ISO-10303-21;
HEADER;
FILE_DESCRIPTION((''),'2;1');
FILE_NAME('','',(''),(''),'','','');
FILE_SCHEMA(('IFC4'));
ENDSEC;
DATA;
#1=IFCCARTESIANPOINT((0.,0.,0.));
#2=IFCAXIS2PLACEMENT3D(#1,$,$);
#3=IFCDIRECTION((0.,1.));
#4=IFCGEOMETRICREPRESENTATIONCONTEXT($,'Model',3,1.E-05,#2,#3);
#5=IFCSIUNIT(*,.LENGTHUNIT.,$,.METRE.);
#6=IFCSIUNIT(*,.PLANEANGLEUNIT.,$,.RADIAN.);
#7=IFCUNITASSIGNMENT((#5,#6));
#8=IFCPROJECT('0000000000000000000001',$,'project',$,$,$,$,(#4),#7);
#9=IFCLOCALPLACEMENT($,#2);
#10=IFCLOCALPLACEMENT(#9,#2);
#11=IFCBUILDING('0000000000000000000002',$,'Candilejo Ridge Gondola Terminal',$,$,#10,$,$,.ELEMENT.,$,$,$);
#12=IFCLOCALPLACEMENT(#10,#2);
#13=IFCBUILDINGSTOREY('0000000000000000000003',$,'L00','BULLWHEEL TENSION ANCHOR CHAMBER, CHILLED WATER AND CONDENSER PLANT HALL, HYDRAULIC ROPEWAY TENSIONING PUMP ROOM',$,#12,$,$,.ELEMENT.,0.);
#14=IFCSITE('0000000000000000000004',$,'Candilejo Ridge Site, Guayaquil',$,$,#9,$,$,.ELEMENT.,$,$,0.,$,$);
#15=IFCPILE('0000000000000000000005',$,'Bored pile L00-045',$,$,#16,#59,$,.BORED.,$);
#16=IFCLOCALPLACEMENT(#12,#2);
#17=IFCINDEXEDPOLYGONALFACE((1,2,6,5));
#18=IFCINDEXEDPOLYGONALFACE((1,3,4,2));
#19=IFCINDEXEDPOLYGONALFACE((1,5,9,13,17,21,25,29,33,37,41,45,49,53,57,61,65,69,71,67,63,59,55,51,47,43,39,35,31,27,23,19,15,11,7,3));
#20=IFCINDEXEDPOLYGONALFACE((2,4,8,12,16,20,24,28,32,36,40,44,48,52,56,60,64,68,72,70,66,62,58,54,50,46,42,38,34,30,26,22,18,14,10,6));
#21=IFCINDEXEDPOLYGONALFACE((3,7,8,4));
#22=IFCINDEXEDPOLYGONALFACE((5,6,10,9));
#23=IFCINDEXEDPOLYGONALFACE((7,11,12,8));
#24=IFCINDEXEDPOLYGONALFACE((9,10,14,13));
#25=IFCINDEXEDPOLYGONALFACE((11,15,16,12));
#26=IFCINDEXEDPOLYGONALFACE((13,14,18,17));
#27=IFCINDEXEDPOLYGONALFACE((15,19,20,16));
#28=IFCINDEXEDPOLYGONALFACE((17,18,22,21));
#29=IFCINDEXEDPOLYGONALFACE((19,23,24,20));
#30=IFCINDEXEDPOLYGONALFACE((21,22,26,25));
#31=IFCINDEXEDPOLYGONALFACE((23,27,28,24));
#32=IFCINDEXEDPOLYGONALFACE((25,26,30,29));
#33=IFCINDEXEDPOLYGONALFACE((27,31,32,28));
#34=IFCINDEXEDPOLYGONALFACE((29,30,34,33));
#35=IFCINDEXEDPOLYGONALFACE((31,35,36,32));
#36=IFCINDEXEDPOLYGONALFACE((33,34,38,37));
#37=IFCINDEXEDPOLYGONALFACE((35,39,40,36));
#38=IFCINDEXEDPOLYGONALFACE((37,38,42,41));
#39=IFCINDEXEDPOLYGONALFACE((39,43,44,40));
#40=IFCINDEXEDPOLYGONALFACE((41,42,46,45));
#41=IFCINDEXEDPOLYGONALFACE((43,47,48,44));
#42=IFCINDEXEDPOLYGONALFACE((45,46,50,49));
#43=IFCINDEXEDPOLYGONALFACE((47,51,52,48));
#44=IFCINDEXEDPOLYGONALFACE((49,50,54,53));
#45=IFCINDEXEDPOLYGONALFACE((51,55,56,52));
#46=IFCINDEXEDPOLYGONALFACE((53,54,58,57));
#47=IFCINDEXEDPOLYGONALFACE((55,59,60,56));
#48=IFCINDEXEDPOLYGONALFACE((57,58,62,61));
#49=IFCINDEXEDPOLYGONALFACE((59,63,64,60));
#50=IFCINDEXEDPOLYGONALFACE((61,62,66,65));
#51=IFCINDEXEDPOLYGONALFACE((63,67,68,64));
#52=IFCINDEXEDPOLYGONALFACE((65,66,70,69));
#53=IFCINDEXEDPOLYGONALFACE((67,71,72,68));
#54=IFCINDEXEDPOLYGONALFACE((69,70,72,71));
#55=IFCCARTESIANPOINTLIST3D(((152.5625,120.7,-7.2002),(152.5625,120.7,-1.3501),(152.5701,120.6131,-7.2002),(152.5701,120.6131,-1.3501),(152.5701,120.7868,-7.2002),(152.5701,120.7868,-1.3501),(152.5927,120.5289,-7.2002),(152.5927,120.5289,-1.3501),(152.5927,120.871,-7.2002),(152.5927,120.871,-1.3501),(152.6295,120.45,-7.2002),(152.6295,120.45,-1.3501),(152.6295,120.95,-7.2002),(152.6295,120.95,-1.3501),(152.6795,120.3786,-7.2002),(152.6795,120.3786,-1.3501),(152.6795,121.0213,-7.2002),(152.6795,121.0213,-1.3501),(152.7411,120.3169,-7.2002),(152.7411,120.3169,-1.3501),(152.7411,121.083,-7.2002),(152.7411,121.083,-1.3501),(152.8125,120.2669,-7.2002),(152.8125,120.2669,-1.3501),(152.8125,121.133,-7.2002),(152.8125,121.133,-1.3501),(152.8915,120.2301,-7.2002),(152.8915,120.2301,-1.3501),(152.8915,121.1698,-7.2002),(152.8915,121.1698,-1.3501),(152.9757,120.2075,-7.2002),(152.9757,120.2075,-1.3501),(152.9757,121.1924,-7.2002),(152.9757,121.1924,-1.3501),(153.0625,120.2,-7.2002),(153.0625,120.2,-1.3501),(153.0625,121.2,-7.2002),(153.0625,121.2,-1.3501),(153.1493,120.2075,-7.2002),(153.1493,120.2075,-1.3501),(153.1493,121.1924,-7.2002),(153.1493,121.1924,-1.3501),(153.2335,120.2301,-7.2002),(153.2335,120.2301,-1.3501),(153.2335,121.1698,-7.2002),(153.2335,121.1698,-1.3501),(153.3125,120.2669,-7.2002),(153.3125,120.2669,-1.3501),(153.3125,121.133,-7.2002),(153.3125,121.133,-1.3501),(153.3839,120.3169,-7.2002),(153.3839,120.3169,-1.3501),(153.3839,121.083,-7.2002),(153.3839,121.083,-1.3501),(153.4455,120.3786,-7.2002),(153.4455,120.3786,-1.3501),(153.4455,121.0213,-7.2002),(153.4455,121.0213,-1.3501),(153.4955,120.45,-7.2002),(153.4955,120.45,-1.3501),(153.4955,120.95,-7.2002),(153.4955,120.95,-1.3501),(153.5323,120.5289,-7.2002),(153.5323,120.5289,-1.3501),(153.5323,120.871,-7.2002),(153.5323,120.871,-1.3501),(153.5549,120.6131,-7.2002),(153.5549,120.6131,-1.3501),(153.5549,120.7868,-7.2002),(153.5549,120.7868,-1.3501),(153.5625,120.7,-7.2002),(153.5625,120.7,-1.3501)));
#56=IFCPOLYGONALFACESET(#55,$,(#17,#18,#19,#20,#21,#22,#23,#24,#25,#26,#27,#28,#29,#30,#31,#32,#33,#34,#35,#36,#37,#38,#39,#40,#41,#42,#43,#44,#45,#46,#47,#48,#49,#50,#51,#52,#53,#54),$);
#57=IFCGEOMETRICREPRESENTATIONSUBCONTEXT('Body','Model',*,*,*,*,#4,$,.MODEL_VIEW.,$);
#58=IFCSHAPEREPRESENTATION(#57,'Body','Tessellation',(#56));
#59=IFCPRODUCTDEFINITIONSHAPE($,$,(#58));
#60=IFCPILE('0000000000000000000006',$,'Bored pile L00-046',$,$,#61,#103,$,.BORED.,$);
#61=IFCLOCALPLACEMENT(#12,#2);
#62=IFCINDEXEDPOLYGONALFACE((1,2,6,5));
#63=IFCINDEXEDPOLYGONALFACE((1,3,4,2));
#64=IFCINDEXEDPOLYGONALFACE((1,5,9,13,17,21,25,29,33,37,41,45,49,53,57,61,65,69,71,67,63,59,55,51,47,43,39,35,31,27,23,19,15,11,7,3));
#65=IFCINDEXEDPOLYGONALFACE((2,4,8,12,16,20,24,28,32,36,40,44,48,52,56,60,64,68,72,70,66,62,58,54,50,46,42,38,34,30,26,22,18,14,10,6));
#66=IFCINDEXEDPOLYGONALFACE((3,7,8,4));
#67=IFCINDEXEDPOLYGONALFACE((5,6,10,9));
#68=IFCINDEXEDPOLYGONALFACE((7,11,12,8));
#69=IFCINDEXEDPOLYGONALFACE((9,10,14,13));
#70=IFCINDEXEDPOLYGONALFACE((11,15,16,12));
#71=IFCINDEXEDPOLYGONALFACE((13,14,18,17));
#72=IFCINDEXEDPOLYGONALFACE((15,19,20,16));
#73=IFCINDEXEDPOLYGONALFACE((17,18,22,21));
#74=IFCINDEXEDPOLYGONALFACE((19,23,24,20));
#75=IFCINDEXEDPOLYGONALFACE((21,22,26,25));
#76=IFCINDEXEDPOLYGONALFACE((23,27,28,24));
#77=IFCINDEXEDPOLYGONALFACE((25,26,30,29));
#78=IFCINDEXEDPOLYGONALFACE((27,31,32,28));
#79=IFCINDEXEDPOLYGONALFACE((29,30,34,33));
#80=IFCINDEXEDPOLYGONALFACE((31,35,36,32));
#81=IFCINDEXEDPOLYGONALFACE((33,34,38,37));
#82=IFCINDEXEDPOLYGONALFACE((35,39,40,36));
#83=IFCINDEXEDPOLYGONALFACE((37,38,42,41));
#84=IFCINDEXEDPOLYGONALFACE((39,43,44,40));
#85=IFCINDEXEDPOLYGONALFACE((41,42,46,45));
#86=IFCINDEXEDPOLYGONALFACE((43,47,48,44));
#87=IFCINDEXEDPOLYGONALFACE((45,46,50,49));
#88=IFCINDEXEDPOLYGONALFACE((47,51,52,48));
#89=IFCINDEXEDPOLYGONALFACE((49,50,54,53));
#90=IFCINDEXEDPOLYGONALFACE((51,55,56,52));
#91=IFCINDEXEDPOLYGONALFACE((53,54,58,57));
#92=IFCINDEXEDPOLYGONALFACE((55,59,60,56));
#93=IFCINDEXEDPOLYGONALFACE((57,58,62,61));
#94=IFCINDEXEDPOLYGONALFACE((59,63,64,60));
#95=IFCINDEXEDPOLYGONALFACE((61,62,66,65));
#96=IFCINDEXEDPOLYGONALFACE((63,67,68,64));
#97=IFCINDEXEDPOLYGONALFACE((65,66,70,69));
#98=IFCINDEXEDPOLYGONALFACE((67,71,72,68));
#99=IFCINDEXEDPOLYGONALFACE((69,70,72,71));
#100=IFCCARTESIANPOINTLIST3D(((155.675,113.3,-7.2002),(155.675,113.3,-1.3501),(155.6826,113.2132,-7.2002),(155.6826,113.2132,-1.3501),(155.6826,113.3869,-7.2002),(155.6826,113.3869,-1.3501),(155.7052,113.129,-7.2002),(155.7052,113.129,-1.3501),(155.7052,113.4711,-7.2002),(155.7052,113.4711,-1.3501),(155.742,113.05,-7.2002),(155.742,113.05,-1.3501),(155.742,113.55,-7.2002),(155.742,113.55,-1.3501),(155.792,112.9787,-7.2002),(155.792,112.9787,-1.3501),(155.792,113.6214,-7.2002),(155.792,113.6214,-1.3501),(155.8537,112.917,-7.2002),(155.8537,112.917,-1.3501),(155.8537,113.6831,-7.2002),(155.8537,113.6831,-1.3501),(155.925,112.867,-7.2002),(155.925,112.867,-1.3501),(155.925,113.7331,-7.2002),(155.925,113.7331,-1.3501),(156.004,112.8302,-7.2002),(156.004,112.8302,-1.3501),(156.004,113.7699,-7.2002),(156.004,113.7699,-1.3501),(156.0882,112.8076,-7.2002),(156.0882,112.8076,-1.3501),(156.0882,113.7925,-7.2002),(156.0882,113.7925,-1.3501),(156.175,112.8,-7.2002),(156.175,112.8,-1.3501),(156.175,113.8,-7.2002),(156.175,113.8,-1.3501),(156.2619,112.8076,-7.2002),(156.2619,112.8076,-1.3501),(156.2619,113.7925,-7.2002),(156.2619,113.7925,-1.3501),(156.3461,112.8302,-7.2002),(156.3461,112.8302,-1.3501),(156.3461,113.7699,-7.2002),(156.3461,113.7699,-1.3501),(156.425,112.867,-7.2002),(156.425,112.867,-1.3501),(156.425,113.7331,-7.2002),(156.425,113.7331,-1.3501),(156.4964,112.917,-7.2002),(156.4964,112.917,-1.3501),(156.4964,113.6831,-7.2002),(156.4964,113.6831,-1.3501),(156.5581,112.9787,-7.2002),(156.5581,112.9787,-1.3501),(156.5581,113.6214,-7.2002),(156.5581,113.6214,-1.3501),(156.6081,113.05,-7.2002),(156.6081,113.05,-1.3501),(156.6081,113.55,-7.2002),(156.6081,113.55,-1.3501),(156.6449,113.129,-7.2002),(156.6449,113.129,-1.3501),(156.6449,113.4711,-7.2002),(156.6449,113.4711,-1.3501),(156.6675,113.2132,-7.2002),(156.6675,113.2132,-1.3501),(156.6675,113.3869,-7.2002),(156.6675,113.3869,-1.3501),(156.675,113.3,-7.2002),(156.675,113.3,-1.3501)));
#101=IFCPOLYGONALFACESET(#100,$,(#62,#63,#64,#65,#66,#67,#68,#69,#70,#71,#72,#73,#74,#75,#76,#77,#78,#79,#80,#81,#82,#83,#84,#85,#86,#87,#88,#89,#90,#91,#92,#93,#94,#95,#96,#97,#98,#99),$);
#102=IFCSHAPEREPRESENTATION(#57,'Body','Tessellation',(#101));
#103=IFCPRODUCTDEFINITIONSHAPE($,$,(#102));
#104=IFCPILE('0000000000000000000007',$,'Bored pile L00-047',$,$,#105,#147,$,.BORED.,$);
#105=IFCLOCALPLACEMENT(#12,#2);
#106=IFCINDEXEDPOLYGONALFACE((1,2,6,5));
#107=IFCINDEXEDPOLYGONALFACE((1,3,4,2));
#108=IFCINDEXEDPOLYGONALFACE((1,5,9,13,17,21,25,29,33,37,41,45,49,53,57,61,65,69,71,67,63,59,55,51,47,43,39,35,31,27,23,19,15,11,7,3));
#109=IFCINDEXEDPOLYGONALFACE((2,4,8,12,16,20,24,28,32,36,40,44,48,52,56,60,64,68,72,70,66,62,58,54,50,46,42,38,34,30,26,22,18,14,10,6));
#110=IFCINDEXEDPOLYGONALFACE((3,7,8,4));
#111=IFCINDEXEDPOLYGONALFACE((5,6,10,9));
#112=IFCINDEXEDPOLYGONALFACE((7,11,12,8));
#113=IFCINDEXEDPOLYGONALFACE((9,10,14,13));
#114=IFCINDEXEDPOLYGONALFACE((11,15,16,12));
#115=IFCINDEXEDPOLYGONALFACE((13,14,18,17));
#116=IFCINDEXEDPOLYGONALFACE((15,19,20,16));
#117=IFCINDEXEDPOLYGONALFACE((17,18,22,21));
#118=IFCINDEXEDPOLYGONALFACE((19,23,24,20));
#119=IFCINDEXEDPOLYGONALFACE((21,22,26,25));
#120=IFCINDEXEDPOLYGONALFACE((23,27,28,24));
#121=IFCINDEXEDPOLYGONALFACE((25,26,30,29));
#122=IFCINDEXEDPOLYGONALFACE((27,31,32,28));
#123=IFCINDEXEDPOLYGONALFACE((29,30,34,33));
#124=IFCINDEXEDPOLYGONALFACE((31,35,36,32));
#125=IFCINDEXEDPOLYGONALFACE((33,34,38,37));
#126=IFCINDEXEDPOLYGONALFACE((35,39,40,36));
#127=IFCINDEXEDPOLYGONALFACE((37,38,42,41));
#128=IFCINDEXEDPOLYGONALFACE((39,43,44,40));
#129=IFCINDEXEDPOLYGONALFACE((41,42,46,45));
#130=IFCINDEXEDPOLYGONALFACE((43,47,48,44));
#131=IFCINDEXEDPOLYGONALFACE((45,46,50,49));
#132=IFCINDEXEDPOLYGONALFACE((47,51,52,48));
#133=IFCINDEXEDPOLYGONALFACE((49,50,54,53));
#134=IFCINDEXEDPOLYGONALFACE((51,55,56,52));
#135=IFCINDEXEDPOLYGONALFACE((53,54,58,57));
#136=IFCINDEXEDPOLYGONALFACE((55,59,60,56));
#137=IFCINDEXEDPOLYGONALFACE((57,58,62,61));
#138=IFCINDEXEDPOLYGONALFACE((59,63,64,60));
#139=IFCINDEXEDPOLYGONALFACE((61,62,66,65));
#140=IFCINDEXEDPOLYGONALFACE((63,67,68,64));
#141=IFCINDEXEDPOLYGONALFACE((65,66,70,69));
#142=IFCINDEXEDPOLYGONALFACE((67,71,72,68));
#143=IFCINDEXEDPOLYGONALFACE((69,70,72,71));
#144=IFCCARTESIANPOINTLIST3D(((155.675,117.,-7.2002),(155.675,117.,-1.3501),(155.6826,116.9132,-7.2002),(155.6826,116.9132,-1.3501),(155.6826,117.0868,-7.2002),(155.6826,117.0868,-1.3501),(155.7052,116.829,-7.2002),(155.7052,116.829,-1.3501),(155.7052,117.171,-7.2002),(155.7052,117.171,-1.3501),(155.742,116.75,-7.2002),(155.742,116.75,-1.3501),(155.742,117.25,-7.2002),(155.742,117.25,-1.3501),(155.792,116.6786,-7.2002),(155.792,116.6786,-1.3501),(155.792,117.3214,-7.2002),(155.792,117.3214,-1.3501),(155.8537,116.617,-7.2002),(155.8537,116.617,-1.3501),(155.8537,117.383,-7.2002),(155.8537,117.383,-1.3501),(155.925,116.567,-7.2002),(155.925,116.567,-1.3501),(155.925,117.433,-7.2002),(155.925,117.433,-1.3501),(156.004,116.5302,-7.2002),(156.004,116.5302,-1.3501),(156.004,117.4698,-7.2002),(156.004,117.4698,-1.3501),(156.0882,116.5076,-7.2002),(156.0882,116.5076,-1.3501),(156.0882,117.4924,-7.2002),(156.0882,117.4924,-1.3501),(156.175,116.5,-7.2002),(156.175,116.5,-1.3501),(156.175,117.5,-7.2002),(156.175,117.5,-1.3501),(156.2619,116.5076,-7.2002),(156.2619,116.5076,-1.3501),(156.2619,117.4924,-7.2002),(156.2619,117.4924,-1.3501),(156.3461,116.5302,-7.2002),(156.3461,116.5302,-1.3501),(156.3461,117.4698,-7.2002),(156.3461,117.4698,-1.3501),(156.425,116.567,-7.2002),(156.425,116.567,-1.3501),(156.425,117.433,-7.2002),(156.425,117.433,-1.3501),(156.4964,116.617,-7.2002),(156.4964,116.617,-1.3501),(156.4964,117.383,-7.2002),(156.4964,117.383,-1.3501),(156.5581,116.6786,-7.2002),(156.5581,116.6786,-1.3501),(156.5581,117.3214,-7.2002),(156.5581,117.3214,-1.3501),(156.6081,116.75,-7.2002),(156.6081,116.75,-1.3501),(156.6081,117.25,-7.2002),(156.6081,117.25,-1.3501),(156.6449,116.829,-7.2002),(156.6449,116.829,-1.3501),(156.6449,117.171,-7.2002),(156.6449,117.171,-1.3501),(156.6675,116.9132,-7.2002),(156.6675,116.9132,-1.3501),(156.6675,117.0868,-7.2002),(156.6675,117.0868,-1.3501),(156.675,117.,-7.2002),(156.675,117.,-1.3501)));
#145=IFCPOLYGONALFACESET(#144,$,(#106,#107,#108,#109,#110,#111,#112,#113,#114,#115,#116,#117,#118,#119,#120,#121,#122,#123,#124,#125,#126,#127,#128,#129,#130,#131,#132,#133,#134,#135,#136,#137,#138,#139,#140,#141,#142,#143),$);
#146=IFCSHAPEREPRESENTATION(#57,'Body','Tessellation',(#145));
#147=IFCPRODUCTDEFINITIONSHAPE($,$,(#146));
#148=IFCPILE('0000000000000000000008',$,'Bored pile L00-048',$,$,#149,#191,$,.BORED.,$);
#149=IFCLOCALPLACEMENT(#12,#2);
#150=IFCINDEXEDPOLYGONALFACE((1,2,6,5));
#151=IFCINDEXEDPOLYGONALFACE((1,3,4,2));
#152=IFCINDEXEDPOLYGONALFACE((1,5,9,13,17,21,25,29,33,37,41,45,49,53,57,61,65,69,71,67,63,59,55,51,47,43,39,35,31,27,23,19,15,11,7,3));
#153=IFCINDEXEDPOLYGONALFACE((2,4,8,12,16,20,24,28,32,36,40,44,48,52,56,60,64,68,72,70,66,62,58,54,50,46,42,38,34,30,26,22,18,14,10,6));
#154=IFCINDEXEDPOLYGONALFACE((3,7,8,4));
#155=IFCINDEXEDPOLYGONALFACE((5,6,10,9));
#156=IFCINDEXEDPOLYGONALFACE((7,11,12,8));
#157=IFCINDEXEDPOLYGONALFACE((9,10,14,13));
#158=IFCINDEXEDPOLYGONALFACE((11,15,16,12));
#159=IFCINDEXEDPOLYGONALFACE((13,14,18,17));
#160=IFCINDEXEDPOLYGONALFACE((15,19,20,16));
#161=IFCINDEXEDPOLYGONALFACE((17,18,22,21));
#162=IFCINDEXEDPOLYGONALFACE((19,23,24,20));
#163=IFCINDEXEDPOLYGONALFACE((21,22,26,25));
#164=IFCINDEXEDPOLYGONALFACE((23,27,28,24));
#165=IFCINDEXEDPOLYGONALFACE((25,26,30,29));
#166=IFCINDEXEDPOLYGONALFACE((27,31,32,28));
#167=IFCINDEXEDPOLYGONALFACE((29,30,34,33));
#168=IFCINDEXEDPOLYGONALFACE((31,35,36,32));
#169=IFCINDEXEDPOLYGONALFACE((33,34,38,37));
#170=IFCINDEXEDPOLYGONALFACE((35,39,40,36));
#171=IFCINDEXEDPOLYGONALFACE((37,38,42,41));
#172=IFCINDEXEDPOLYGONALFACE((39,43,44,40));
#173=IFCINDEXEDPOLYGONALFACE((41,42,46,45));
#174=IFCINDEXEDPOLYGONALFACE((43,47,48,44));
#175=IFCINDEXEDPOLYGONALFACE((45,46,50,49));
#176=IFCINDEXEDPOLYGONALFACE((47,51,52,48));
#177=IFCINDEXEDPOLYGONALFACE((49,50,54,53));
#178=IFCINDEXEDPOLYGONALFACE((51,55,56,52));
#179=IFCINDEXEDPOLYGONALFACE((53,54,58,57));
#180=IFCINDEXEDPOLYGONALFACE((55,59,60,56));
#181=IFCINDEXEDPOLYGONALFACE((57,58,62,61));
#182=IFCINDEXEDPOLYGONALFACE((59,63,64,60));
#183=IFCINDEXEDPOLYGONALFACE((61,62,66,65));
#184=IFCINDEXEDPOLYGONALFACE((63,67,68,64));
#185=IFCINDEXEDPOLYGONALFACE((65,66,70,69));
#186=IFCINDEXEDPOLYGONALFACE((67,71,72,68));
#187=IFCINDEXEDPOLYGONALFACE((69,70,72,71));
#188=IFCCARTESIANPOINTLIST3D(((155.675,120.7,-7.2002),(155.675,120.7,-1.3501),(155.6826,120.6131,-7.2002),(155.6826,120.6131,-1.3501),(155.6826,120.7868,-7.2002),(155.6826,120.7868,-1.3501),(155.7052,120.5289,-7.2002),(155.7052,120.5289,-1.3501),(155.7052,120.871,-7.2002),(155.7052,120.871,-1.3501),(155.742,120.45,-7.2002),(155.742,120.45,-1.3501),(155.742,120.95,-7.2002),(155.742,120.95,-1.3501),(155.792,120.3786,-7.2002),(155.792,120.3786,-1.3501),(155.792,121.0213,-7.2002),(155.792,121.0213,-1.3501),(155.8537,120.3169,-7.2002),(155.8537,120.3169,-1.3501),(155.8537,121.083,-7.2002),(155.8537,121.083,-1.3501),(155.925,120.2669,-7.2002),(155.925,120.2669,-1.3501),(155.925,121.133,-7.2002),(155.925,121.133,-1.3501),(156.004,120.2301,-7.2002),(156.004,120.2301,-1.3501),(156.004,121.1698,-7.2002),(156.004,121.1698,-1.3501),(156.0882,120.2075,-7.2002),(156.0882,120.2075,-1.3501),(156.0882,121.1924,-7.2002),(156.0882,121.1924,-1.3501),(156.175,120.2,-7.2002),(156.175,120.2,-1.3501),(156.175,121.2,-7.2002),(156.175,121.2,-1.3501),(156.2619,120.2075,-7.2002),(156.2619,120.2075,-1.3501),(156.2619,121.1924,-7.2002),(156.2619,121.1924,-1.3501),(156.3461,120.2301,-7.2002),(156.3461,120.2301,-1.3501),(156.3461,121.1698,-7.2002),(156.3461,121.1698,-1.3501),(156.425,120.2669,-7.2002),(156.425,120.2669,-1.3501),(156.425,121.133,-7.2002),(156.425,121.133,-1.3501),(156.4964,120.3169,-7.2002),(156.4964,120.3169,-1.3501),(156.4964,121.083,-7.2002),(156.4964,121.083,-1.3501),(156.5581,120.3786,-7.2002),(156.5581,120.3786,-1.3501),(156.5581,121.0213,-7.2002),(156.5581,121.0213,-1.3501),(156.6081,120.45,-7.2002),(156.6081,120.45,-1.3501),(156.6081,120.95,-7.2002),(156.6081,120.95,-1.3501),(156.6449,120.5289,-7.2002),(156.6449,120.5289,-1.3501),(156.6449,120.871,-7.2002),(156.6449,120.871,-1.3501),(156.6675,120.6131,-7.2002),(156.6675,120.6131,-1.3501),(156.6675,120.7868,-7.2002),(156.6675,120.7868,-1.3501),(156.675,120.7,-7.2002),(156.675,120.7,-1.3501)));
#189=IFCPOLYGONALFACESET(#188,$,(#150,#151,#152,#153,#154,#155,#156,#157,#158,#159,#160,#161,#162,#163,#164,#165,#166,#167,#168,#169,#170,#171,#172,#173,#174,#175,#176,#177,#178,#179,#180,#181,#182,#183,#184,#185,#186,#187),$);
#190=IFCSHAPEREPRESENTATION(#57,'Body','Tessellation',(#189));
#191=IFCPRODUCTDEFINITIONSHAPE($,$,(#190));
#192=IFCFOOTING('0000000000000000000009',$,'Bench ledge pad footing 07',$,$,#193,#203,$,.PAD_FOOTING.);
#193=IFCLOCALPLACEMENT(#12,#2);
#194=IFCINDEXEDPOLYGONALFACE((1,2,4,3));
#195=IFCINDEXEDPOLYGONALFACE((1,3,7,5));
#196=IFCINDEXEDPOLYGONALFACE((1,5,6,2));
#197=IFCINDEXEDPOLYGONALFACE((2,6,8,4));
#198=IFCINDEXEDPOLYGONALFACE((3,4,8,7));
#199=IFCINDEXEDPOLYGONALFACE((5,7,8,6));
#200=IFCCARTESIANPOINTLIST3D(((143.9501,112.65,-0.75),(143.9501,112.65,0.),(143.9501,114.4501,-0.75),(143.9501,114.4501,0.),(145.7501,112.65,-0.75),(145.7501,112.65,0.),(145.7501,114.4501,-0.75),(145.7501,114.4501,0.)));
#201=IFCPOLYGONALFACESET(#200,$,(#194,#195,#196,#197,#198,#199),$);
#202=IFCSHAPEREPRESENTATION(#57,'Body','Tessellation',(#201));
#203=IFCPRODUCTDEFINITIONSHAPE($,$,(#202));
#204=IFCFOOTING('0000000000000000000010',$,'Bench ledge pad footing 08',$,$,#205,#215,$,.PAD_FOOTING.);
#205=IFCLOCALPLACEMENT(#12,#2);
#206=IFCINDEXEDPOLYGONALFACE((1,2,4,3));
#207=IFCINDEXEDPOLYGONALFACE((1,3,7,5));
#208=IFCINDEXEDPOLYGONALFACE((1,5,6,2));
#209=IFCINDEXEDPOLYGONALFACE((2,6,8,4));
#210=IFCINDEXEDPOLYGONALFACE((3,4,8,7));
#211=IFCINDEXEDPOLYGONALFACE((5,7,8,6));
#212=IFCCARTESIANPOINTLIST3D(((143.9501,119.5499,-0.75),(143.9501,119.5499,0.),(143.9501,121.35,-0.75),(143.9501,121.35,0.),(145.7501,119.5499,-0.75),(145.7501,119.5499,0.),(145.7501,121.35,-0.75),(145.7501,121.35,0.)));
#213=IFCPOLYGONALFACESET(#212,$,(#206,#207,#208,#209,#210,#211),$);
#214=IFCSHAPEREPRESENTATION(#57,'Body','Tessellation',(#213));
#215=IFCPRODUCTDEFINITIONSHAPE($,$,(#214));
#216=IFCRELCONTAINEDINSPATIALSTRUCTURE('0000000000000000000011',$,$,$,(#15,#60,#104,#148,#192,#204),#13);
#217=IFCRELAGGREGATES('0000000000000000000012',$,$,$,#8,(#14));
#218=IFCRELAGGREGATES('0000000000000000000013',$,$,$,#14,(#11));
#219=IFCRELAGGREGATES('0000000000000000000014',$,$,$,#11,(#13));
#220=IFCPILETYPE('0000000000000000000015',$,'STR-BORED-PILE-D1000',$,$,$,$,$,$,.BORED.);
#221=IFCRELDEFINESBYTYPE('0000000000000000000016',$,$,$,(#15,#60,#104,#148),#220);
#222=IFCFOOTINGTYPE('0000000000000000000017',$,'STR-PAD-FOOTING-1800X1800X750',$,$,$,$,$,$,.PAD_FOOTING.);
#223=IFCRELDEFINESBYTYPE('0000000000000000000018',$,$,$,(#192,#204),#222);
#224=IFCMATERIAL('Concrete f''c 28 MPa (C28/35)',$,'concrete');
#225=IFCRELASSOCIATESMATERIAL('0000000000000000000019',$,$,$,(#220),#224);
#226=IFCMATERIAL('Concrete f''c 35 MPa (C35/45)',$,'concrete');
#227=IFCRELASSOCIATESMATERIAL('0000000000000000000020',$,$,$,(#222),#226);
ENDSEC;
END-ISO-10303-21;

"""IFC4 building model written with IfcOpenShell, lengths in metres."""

from ifc_helpers import new_model, si_unit, direction, frame, origin, origin_2d, place, context, subcontext, project, spatial, rectangle, circle, extrude, material, material_profile, profile_set, type_object, element, save


model = new_model("IFC4")

# Units and contexts
model_context = context("Model", 3, precision=1e-05, world=origin(), true_north=direction((0.0, 1.0)))
body_context = subcontext(model_context, "Body", "Model", "MODEL_VIEW")
ifc_project = project(units=[si_unit("LENGTHUNIT", "METRE"), si_unit("PLANEANGLEUNIT", "RADIAN")], contexts=[model_context])

# Site, building, storey
site_placement = place(None, origin())
site = spatial("IfcSite", under=ifc_project, at=site_placement, Name="Candilejo Ridge Site, Guayaquil", CompositionType="ELEMENT", RefElevation=0.0)
building_placement = place(site_placement, origin())
building = spatial("IfcBuilding", under=site, at=building_placement, Name="Candilejo Ridge Gondola Terminal", CompositionType="ELEMENT")
storey_placement = place(building_placement, origin())
storey = spatial("IfcBuildingStorey", under=building, at=storey_placement, Name="L00", Description="BULLWHEEL TENSION ANCHOR CHAMBER, CHILLED WATER AND CONDENSER PLANT HALL, HYDRAULIC ROPEWAY TENSIONING PUMP ROOM", CompositionType="ELEMENT", Elevation=0.0)

# Piles
ifc_material_1 = material(Name="Concrete f'c 28 MPa (C28/35)", Category="concrete")
ifc_material_profile_1 = material_profile(ifc_material_1, circle(Radius=0.5, at=origin_2d()))
ifc_profile_set_1 = profile_set([ifc_material_profile_1], Name="Concrete f'c 28 MPa (C28/35)")
pile_type = type_object("IfcPileType", Name="STR-BORED-PILE-D1000", PredefinedType="BORED", material=ifc_profile_set_1)
for number, where, z_axis, x_axis, name in (
    (1, (153.0625, 120.7, -1.3501), (0.0, 0.0, -1.0), (1.0, 0.0, 0.0), "Bored pile L00-045"),
    (2, (156.175, 113.3, -1.3501), (0.0, 0.0, -1.0), (1.0, 0.0, 0.0), "Bored pile L00-046"),
    (3, (156.175, 117.0, -1.3501), (0.0, 0.0, -1.0), (1.0, 0.0, 0.0), "Bored pile L00-047"),
    (4, (156.175, 120.7, -1.3501), (0.0, 0.0, -1.0), (1.0, 0.0, 0.0), "Bored pile L00-048"),
):
    element("IfcPile", number, at=place(storey_placement, frame(where, z_axis=z_axis, x_axis=x_axis)), inside=storey, type_object=pile_type, Name=name, PredefinedType="BORED", context=body_context, shape_type="SweptSolid", body=[
        extrude(circle(Radius=0.5, at=origin_2d()), origin(), (0.0, 0.0, 1.0), 5.8501),
    ])

# Footings
ifc_material_2 = material(Name="Concrete f'c 35 MPa (C35/45)", Category="concrete")
footing_type_1 = type_object("IfcFootingType", Name="STR-PAD-FOOTING-1800X1800X750", PredefinedType="PAD_FOOTING", material=ifc_material_2)
for number, where, z_axis, x_axis, name in (
    (5, (144.8501, 113.55, -0.75), (0.0, 0.0, 1.0), (1.0, 0.0, 0.0), "Bench ledge pad footing 07"),
    (6, (144.8501, 120.45, -0.75), (0.0, 0.0, 1.0), (1.0, 0.0, 0.0), "Bench ledge pad footing 08"),
):
    element("IfcFooting", number, at=place(storey_placement, frame(where, z_axis=z_axis, x_axis=x_axis)), inside=storey, type_object=footing_type_1, Name=name, PredefinedType="PAD_FOOTING", context=body_context, shape_type="SweptSolid", body=[
        extrude(rectangle(XDim=1.8, YDim=1.8, at=origin_2d()), origin(), (0.0, 0.0, 1.0), 0.75),
    ])

save(model, "model.ifc")
